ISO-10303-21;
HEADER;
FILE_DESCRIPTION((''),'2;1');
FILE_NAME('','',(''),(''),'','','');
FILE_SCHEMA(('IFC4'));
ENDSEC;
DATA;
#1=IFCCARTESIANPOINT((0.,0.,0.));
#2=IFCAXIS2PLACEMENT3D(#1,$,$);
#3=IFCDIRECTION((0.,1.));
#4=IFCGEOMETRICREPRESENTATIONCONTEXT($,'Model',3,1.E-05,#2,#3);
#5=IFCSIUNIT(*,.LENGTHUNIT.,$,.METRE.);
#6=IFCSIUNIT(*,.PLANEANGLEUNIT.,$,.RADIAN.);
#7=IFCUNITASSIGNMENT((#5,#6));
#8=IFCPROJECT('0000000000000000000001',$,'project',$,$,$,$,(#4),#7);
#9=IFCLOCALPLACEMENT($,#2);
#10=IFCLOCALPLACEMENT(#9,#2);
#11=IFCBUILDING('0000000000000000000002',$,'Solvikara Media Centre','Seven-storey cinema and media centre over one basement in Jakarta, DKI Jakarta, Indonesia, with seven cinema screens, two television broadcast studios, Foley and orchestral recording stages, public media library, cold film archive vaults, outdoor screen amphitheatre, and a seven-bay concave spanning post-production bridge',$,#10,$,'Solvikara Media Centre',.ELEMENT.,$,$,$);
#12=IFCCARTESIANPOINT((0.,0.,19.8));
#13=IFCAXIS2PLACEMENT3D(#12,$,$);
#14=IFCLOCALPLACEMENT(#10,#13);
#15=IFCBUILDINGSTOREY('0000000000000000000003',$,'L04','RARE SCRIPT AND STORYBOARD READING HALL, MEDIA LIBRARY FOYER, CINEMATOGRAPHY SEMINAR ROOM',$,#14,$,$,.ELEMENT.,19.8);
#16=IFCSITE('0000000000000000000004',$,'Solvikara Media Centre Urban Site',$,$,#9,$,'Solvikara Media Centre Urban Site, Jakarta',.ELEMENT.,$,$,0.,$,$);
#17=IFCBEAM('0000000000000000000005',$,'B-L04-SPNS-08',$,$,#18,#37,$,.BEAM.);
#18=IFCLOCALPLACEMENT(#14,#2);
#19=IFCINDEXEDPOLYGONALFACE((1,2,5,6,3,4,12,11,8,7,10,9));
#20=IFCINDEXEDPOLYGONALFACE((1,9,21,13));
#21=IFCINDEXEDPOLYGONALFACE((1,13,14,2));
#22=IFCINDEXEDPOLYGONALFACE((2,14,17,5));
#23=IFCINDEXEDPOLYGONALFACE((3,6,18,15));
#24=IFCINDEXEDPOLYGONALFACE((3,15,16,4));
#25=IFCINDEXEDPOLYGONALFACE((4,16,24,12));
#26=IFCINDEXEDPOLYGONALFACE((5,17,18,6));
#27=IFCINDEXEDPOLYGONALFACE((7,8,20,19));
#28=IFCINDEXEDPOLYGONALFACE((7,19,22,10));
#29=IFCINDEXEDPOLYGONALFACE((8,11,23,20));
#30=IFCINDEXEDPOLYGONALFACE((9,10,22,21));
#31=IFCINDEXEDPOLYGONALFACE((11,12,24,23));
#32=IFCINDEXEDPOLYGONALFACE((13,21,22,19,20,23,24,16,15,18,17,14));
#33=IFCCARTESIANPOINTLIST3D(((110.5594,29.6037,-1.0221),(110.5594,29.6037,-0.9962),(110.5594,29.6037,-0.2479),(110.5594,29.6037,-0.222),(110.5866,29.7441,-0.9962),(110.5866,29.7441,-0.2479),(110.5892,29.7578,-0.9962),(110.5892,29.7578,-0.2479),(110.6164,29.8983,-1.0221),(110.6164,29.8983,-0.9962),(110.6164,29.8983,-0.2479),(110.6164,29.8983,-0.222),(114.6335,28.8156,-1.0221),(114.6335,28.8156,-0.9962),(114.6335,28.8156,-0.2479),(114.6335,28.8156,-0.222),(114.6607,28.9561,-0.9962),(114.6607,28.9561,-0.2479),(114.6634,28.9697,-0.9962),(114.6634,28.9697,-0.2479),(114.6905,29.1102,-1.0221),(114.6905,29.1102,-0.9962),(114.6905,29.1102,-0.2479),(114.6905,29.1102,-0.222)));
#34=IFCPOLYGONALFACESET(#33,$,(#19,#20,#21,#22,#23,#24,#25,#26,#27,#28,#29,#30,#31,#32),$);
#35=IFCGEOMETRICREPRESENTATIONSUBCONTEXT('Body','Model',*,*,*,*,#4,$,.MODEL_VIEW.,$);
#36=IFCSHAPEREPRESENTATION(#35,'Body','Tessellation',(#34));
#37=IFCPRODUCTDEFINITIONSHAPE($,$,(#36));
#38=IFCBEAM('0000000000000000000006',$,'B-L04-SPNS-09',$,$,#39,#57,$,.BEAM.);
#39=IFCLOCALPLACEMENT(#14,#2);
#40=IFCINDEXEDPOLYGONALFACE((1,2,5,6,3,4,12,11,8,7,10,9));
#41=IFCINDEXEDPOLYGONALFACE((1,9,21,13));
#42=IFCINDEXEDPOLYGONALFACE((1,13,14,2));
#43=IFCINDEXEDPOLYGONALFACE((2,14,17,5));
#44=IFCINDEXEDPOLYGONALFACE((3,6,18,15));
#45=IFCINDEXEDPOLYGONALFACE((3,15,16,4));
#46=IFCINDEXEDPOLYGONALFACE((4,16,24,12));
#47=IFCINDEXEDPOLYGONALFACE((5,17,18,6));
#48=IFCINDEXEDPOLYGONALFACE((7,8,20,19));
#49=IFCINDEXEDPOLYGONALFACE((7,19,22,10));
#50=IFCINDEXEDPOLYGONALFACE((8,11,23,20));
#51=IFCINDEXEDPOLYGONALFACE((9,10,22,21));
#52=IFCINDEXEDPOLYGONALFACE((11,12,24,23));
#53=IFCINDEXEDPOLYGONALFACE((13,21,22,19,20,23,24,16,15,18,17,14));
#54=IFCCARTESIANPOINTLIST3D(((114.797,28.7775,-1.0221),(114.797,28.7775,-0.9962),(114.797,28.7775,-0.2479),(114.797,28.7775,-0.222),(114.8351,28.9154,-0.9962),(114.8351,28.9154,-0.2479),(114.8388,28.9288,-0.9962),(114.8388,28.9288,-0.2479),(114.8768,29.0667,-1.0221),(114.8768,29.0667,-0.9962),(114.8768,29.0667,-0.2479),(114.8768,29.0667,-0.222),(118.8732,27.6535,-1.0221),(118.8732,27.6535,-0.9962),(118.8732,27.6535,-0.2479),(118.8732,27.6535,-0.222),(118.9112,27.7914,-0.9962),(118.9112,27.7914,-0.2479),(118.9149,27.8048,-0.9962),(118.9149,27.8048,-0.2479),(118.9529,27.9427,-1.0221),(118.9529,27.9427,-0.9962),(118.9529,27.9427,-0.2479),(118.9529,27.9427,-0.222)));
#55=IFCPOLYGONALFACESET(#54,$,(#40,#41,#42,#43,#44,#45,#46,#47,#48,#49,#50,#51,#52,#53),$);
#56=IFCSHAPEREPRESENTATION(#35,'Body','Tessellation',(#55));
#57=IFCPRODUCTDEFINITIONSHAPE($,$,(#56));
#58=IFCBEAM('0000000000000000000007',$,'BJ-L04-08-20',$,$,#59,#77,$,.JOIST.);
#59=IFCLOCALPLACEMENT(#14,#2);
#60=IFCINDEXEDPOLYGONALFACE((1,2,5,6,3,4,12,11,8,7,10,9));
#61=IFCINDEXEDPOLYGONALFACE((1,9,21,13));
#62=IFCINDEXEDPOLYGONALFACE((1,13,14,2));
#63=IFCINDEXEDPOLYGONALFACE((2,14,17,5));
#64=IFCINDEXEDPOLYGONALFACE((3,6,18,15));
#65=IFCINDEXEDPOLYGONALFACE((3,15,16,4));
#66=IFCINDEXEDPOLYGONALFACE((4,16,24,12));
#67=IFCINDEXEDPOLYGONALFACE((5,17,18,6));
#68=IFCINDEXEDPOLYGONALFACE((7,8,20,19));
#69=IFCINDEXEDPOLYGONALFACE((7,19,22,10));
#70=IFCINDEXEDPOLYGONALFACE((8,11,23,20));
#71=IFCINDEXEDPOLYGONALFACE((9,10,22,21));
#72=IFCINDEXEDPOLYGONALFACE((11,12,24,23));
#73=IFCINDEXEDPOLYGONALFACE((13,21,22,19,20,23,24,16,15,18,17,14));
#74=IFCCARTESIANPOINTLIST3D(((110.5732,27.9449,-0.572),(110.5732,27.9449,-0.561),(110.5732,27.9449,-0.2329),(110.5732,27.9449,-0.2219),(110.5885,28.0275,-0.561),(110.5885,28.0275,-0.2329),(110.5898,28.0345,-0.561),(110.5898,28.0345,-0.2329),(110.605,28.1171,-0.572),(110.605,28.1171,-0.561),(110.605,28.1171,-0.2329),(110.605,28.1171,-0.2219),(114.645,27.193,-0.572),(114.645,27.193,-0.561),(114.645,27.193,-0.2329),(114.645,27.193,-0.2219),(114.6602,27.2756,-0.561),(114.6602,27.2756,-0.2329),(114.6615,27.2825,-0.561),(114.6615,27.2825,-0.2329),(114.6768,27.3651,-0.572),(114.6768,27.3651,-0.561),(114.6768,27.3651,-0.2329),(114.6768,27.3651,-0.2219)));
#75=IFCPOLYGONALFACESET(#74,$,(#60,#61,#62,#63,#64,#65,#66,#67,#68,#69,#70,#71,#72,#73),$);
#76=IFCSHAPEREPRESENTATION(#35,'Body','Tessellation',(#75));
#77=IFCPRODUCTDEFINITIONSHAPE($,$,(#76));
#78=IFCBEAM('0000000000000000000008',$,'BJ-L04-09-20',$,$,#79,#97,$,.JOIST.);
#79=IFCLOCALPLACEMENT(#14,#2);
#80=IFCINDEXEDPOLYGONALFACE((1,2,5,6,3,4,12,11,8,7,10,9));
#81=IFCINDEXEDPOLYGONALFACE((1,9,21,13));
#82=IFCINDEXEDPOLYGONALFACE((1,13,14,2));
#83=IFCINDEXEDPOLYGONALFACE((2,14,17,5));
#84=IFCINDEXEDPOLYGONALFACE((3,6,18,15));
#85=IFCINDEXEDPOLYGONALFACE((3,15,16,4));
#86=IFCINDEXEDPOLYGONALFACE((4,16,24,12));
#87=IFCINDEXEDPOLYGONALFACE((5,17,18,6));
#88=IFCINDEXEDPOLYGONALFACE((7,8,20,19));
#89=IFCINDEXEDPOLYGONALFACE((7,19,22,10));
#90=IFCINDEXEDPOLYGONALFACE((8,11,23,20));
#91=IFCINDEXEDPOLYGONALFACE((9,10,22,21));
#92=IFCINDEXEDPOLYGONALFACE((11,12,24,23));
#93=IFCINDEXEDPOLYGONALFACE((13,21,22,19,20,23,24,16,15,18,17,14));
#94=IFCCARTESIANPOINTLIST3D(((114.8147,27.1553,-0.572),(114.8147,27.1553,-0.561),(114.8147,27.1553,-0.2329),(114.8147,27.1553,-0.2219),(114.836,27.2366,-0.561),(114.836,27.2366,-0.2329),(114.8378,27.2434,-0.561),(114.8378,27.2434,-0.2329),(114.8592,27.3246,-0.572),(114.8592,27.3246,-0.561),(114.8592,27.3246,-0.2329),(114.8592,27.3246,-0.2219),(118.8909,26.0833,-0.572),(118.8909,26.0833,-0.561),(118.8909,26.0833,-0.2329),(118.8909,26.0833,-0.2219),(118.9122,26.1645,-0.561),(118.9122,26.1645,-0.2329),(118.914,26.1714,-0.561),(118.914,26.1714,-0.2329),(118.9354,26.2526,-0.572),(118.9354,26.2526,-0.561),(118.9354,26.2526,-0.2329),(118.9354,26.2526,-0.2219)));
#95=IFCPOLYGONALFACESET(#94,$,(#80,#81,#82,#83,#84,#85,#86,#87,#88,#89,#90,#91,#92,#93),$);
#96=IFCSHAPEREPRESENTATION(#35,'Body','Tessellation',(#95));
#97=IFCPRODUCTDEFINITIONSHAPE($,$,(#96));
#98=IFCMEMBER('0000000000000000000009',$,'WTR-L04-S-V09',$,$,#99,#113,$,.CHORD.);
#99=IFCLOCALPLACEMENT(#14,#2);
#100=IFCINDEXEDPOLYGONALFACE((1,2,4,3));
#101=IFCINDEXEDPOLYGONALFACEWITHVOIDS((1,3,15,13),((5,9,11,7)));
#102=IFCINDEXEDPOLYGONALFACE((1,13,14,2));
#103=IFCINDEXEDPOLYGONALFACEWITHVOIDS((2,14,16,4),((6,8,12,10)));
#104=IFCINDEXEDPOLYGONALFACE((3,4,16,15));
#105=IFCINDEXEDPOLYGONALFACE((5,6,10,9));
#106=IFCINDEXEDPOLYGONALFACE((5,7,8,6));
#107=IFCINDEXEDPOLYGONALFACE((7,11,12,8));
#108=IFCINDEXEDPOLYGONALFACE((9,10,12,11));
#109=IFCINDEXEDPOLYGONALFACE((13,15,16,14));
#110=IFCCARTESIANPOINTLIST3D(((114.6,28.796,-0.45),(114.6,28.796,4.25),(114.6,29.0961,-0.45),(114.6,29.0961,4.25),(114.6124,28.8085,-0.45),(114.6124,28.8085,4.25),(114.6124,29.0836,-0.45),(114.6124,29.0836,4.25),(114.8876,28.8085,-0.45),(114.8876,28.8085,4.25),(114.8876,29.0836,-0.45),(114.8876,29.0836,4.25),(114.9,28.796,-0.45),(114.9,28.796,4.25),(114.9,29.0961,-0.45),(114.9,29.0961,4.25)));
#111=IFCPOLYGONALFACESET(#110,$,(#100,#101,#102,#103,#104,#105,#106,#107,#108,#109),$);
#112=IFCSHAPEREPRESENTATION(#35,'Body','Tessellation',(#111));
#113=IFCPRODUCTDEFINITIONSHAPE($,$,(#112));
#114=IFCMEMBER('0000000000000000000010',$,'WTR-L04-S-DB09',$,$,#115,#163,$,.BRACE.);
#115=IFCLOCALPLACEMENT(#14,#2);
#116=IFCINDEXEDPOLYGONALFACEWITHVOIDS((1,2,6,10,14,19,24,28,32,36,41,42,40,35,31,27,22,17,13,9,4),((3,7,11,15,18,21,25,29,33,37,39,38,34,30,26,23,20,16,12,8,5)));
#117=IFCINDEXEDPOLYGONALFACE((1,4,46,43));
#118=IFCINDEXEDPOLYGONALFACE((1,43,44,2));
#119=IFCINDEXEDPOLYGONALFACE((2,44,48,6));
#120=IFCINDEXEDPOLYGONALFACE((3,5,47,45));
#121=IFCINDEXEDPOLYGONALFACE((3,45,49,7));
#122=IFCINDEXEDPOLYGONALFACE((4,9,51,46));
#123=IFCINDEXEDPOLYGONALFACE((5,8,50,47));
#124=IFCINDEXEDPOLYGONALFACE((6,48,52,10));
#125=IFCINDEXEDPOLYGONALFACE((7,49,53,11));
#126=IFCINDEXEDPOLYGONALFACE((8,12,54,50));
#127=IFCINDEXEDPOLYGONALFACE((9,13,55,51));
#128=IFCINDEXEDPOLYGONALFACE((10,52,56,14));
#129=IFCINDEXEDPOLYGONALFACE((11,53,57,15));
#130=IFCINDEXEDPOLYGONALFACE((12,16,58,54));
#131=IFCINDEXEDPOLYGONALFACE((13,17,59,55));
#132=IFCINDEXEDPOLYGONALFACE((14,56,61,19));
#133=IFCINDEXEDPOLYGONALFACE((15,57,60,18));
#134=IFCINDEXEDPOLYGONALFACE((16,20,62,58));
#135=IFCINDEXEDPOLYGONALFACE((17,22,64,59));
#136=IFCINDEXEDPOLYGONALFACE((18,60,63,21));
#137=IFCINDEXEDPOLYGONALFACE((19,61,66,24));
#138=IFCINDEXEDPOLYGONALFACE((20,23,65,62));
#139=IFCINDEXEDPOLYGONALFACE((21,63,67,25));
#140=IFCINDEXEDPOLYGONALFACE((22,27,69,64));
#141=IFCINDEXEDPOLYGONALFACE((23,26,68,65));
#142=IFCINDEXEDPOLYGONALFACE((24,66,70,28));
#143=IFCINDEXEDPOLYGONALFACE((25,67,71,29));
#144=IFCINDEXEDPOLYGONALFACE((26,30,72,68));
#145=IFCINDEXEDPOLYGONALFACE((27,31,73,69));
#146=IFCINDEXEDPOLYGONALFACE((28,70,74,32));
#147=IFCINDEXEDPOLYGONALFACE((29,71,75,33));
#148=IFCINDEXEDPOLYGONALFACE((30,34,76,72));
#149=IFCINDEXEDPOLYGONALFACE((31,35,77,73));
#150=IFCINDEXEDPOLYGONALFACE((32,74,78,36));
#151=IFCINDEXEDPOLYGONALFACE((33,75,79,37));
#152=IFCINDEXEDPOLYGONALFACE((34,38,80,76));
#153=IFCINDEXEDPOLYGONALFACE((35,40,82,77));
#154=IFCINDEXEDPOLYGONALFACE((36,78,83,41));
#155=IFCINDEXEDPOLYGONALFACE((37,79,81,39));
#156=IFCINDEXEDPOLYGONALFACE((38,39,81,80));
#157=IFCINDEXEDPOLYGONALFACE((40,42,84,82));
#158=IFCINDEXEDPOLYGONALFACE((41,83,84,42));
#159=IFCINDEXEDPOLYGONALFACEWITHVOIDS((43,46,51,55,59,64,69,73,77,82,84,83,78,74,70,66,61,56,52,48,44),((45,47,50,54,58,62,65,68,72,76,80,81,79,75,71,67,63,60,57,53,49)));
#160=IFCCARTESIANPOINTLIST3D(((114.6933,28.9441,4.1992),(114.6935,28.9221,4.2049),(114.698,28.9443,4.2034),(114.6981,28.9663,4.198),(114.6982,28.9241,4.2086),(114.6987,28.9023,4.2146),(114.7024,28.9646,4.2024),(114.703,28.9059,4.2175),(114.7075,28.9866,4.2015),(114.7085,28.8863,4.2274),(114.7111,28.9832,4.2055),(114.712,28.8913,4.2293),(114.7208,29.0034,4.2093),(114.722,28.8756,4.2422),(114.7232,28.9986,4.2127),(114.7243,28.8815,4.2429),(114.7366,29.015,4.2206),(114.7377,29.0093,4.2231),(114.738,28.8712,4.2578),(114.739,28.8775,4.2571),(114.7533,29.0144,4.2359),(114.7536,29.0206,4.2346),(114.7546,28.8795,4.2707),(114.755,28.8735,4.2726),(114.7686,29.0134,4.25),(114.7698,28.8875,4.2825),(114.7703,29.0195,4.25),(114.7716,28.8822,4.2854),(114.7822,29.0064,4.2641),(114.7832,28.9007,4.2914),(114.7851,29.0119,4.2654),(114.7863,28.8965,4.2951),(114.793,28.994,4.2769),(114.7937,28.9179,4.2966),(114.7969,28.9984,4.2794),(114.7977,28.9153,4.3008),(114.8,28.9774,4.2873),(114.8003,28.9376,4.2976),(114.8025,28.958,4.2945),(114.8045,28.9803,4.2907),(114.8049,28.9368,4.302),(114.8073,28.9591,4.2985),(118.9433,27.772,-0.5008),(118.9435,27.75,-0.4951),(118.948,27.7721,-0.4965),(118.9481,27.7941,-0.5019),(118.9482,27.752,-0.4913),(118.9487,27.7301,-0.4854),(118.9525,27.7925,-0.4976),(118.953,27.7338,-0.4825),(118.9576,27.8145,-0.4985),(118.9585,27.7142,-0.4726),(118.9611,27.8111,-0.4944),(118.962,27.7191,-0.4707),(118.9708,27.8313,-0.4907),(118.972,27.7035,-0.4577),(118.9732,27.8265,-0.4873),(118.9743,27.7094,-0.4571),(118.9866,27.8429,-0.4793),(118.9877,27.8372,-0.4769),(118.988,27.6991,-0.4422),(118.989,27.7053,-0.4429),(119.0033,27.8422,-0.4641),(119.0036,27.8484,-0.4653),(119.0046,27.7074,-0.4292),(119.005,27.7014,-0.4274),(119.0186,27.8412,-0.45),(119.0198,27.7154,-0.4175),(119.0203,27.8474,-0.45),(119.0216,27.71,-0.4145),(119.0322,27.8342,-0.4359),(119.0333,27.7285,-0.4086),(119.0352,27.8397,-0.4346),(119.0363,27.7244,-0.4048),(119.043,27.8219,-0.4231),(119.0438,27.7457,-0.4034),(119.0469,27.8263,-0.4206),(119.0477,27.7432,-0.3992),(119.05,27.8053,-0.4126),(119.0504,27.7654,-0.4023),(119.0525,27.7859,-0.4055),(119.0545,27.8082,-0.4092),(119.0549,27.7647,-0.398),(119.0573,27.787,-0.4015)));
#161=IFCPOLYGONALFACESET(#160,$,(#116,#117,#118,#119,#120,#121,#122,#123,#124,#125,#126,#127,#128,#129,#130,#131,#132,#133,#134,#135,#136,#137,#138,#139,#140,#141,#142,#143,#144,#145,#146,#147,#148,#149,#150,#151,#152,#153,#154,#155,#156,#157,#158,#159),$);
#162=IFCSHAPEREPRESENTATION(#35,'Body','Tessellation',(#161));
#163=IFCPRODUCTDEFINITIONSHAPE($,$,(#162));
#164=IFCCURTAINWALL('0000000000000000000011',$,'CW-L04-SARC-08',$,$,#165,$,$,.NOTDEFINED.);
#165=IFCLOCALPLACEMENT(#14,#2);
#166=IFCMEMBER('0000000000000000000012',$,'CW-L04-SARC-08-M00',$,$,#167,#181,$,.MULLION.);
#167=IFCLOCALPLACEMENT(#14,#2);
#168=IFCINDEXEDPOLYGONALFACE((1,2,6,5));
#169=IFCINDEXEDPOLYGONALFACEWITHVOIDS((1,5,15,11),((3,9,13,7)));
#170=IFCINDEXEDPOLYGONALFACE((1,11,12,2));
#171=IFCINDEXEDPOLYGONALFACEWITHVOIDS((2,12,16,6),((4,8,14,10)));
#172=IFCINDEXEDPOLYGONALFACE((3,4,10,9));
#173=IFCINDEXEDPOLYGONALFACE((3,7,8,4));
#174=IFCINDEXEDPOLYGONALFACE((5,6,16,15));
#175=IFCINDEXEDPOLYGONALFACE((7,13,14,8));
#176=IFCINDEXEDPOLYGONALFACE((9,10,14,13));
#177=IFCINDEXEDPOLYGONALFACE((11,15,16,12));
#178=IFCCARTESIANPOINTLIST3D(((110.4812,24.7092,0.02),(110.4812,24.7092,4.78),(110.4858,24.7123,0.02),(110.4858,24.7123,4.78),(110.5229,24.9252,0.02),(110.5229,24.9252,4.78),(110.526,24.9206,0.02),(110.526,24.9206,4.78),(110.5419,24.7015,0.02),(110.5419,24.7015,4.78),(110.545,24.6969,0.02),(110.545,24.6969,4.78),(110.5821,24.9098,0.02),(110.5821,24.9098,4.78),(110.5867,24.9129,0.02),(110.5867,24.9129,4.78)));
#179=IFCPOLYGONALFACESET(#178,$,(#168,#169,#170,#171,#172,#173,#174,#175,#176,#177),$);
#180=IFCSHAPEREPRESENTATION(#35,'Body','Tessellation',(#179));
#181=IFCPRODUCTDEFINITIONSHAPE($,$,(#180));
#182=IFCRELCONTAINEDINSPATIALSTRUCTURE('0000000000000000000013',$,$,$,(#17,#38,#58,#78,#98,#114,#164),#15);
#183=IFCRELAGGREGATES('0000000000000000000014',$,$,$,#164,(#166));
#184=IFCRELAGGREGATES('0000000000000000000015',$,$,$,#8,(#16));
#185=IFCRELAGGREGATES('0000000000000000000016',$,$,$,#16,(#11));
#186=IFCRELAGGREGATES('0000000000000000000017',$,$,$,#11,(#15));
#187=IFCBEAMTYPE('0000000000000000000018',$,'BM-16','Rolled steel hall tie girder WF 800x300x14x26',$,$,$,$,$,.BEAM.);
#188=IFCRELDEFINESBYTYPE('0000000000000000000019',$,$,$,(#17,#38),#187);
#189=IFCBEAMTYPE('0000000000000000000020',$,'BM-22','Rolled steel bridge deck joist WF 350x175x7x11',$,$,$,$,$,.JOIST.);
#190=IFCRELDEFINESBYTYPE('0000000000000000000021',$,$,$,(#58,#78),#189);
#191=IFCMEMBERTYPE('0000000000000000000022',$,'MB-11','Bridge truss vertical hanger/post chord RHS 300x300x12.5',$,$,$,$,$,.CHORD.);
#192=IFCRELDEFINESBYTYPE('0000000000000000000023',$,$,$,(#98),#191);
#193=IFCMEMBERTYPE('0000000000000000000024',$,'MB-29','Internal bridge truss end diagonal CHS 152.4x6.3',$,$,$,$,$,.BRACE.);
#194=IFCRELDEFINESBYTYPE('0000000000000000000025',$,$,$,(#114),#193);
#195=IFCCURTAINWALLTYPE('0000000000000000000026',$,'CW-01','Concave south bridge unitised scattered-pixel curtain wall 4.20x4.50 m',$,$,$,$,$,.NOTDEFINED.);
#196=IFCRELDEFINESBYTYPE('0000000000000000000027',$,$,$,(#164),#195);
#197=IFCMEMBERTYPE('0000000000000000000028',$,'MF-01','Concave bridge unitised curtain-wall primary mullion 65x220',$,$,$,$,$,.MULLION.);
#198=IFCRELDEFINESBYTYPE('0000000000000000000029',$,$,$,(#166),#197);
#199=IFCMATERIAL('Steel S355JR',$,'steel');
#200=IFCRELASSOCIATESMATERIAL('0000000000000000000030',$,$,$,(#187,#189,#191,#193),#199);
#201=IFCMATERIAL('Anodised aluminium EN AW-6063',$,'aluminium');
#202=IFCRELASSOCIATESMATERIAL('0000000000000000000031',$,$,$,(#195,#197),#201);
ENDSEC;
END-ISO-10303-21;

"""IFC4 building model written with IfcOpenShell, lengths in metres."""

from ifc_helpers import new_model, si_unit, direction, frame, origin, origin_2d, place, context, subcontext, project, spatial, hollow_rectangle, hollow_circle, i_section, extrude, material, material_profile, profile_set, type_object, element, aggregate, save


model = new_model("IFC4")

# Units and contexts
model_context = context("Model", 3, precision=1e-05, world=origin(), true_north=direction((0.0, 1.0)))
body_context = subcontext(model_context, "Body", "Model", "MODEL_VIEW")
ifc_project = project(units=[si_unit("LENGTHUNIT", "METRE"), si_unit("PLANEANGLEUNIT", "RADIAN")], contexts=[model_context])

# Site, building, storey
site_placement = place(None, origin())
site = spatial("IfcSite", under=ifc_project, at=site_placement, Name="Solvikara Media Centre Urban Site", LongName="Solvikara Media Centre Urban Site, Jakarta", CompositionType="ELEMENT", RefElevation=0.0)
building_placement = place(site_placement, origin())
building = spatial("IfcBuilding", under=site, at=building_placement, Name="Solvikara Media Centre", Description="Seven-storey cinema and media centre over one basement in Jakarta, DKI Jakarta, Indonesia, with seven cinema screens, two television broadcast studios, Foley and orchestral recording stages, public media library, cold film archive vaults, outdoor screen amphitheatre, and a seven-bay concave spanning post-production bridge", LongName="Solvikara Media Centre", CompositionType="ELEMENT")
storey_placement = place(building_placement, frame((0.0, 0.0, 19.8)))
storey = spatial("IfcBuildingStorey", under=building, at=storey_placement, Name="L04", Description="RARE SCRIPT AND STORYBOARD READING HALL, MEDIA LIBRARY FOYER, CINEMATOGRAPHY SEMINAR ROOM", CompositionType="ELEMENT", Elevation=19.8)

# Beams
ifc_material_1 = material(Name="Steel S355JR", Category="steel")
ifc_material_profile_1 = material_profile(ifc_material_1, i_section(OverallWidth=0.3, OverallDepth=0.8, WebThickness=0.0139, FlangeThickness=0.0259, at=origin_2d()), Name="WF 800x300x14x26")
ifc_profile_set_1 = profile_set([ifc_material_profile_1], Name="Steel S355JR")
beam_type_1 = type_object("IfcBeamType", Name="BM-16", Description="Rolled steel hall tie girder WF 800x300x14x26", PredefinedType="BEAM", material=ifc_profile_set_1)
beam_1_placement = place(storey_placement, frame((110.5879, 29.751, -0.6221), z_axis=(0.981801, -0.189912, 0.0), x_axis=(0.189912, 0.981801, 0.0)))
element("IfcBeam", 1, at=beam_1_placement, inside=storey, type_object=beam_type_1, Name="B-L04-SPNS-08", PredefinedType="BEAM", context=body_context, shape_type="SweptSolid", body=[
    extrude(i_section(OverallWidth=0.3, OverallDepth=0.8, WebThickness=0.0139, FlangeThickness=0.0259, at=origin_2d()), origin(), (0.0, 0.0, 1.0), 4.1497),
])
beam_2_placement = place(storey_placement, frame((114.8369, 28.9221, -0.6221), z_axis=(0.964019, -0.265833, 0.0), x_axis=(0.265833, 0.964019, 0.0)))
element("IfcBeam", 2, at=beam_2_placement, inside=storey, type_object=beam_type_1, Name="B-L04-SPNS-09", PredefinedType="BEAM", context=body_context, shape_type="SweptSolid", body=[
    extrude(i_section(OverallWidth=0.3, OverallDepth=0.8, WebThickness=0.0139, FlangeThickness=0.0259, at=origin_2d()), origin(), (0.0, 0.0, 1.0), 4.2283),
])
ifc_material_profile_2 = material_profile(ifc_material_1, i_section(OverallWidth=0.175, OverallDepth=0.3501, WebThickness=0.0071, FlangeThickness=0.011, at=origin_2d()), Name="WF 350x175x7x11")
ifc_profile_set_2 = profile_set([ifc_material_profile_2], Name="Steel S355JR")
beam_type_2 = type_object("IfcBeamType", Name="BM-22", Description="Rolled steel bridge deck joist WF 350x175x7x11", PredefinedType="JOIST", material=ifc_profile_set_2)
beam_3_placement = place(storey_placement, frame((110.5891, 28.031, -0.397), z_axis=(0.983372, -0.181604, 0.0), x_axis=(0.181604, 0.983372, 0.0)))
element("IfcBeam", 3, at=beam_3_placement, inside=storey, type_object=beam_type_2, Name="BJ-L04-08-20", PredefinedType="JOIST", context=body_context, shape_type="SweptSolid", body=[
    extrude(i_section(OverallWidth=0.175, OverallDepth=0.3501, WebThickness=0.0071, FlangeThickness=0.011, at=origin_2d()), origin(), (0.0, 0.0, 1.0), 4.1406),
])
beam_4_placement = place(storey_placement, frame((114.8369, 27.24, -0.397), z_axis=(0.967113, -0.254348, 0.0), x_axis=(0.254348, 0.967113, 0.0)))
element("IfcBeam", 4, at=beam_4_placement, inside=storey, type_object=beam_type_2, Name="BJ-L04-09-20", PredefinedType="JOIST", context=body_context, shape_type="SweptSolid", body=[
    extrude(i_section(OverallWidth=0.175, OverallDepth=0.3501, WebThickness=0.0071, FlangeThickness=0.011, at=origin_2d()), origin(), (0.0, 0.0, 1.0), 4.2148),
])

# Members
ifc_material_profile_3 = material_profile(ifc_material_1, hollow_rectangle(XDim=0.3, YDim=0.3, WallThickness=0.0125, at=origin_2d()), Name="RHS 300x300x12.5")
ifc_profile_set_3 = profile_set([ifc_material_profile_3], Name="Steel S355JR")
member_type_1 = type_object("IfcMemberType", Name="MB-11", Description="Bridge truss vertical hanger/post chord RHS 300x300x12.5", PredefinedType="CHORD", material=ifc_profile_set_3)
member_1_placement = place(storey_placement, frame((114.75, 28.946, -0.45), z_axis=(0.0, 0.0, 1.0), x_axis=(1.0, 0.0, 0.0)))
element("IfcMember", 5, at=member_1_placement, inside=storey, type_object=member_type_1, Name="WTR-L04-S-V09", PredefinedType="CHORD", context=body_context, shape_type="SweptSolid", body=[
    extrude(hollow_rectangle(XDim=0.3, YDim=0.3, WallThickness=0.0125, at=origin_2d()), origin(), (0.0, 0.0, 1.0), 4.7),
])
ifc_material_profile_4 = material_profile(ifc_material_1, hollow_circle(Radius=0.0762, WallThickness=0.0063, at=origin_2d()), Name="CHS 152.4x6.3")
ifc_profile_set_4 = profile_set([ifc_material_profile_4], Name="Steel S355JR")
member_type_2 = type_object("IfcMemberType", Name="MB-29", Description="Internal bridge truss end diagonal CHS 152.4x6.3", PredefinedType="BRACE", material=ifc_profile_set_4)
member_2_placement = place(storey_placement, frame((114.75, 28.946, 4.25), z_axis=(0.659522, -0.181891, -0.729346), x_axis=(0.265867, 0.96401, 0.0)))
element("IfcMember", 6, at=member_2_placement, inside=storey, type_object=member_type_2, Name="WTR-L04-S-DB09", PredefinedType="BRACE", context=body_context, shape_type="SweptSolid", body=[
    extrude(hollow_circle(Radius=0.0762, WallThickness=0.0063, at=origin_2d()), origin(), (0.0, 0.0, 1.0), 6.4441),
])

# Curtain wall, member
ifc_material_2 = material(Name="Anodised aluminium EN AW-6063", Category="aluminium")
curtain_wall_type = type_object("IfcCurtainWallType", Name="CW-01", Description="Concave south bridge unitised scattered-pixel curtain wall 4.20x4.50 m", PredefinedType="NOTDEFINED", material=ifc_material_2)
curtain_wall_placement = place(storey_placement, origin())
curtain_wall = element("IfcCurtainWall", 7, at=curtain_wall_placement, inside=storey, type_object=curtain_wall_type, Name="CW-L04-SARC-08", PredefinedType="NOTDEFINED")
ifc_material_profile_5 = material_profile(ifc_material_2, hollow_rectangle(XDim=0.0649, YDim=0.22, WallThickness=0.0039, at=origin_2d()), Name="ALU-M 65x220x4")
ifc_profile_set_5 = profile_set([ifc_material_profile_5], Name="Anodised aluminium EN AW-6063")
member_type_3 = type_object("IfcMemberType", Name="MF-01", Description="Concave bridge unitised curtain-wall primary mullion 65x220", PredefinedType="MULLION", material=ifc_profile_set_5)
member_3_placement = place(storey_placement, frame((110.5339, 24.811, 0.02), z_axis=(0.0, 0.0, 1.0), x_axis=(0.981843, -0.189695, 0.0)))
member_3 = element("IfcMember", 8, at=member_3_placement, type_object=member_type_3, Name="CW-L04-SARC-08-M00", PredefinedType="MULLION", context=body_context, shape_type="SweptSolid", body=[
    extrude(hollow_rectangle(XDim=0.0649, YDim=0.22, WallThickness=0.0039, at=origin_2d()), origin(), (0.0, 0.0, 1.0), 4.76),
])

aggregate(curtain_wall, [member_3])

save(model, "model.ifc")
